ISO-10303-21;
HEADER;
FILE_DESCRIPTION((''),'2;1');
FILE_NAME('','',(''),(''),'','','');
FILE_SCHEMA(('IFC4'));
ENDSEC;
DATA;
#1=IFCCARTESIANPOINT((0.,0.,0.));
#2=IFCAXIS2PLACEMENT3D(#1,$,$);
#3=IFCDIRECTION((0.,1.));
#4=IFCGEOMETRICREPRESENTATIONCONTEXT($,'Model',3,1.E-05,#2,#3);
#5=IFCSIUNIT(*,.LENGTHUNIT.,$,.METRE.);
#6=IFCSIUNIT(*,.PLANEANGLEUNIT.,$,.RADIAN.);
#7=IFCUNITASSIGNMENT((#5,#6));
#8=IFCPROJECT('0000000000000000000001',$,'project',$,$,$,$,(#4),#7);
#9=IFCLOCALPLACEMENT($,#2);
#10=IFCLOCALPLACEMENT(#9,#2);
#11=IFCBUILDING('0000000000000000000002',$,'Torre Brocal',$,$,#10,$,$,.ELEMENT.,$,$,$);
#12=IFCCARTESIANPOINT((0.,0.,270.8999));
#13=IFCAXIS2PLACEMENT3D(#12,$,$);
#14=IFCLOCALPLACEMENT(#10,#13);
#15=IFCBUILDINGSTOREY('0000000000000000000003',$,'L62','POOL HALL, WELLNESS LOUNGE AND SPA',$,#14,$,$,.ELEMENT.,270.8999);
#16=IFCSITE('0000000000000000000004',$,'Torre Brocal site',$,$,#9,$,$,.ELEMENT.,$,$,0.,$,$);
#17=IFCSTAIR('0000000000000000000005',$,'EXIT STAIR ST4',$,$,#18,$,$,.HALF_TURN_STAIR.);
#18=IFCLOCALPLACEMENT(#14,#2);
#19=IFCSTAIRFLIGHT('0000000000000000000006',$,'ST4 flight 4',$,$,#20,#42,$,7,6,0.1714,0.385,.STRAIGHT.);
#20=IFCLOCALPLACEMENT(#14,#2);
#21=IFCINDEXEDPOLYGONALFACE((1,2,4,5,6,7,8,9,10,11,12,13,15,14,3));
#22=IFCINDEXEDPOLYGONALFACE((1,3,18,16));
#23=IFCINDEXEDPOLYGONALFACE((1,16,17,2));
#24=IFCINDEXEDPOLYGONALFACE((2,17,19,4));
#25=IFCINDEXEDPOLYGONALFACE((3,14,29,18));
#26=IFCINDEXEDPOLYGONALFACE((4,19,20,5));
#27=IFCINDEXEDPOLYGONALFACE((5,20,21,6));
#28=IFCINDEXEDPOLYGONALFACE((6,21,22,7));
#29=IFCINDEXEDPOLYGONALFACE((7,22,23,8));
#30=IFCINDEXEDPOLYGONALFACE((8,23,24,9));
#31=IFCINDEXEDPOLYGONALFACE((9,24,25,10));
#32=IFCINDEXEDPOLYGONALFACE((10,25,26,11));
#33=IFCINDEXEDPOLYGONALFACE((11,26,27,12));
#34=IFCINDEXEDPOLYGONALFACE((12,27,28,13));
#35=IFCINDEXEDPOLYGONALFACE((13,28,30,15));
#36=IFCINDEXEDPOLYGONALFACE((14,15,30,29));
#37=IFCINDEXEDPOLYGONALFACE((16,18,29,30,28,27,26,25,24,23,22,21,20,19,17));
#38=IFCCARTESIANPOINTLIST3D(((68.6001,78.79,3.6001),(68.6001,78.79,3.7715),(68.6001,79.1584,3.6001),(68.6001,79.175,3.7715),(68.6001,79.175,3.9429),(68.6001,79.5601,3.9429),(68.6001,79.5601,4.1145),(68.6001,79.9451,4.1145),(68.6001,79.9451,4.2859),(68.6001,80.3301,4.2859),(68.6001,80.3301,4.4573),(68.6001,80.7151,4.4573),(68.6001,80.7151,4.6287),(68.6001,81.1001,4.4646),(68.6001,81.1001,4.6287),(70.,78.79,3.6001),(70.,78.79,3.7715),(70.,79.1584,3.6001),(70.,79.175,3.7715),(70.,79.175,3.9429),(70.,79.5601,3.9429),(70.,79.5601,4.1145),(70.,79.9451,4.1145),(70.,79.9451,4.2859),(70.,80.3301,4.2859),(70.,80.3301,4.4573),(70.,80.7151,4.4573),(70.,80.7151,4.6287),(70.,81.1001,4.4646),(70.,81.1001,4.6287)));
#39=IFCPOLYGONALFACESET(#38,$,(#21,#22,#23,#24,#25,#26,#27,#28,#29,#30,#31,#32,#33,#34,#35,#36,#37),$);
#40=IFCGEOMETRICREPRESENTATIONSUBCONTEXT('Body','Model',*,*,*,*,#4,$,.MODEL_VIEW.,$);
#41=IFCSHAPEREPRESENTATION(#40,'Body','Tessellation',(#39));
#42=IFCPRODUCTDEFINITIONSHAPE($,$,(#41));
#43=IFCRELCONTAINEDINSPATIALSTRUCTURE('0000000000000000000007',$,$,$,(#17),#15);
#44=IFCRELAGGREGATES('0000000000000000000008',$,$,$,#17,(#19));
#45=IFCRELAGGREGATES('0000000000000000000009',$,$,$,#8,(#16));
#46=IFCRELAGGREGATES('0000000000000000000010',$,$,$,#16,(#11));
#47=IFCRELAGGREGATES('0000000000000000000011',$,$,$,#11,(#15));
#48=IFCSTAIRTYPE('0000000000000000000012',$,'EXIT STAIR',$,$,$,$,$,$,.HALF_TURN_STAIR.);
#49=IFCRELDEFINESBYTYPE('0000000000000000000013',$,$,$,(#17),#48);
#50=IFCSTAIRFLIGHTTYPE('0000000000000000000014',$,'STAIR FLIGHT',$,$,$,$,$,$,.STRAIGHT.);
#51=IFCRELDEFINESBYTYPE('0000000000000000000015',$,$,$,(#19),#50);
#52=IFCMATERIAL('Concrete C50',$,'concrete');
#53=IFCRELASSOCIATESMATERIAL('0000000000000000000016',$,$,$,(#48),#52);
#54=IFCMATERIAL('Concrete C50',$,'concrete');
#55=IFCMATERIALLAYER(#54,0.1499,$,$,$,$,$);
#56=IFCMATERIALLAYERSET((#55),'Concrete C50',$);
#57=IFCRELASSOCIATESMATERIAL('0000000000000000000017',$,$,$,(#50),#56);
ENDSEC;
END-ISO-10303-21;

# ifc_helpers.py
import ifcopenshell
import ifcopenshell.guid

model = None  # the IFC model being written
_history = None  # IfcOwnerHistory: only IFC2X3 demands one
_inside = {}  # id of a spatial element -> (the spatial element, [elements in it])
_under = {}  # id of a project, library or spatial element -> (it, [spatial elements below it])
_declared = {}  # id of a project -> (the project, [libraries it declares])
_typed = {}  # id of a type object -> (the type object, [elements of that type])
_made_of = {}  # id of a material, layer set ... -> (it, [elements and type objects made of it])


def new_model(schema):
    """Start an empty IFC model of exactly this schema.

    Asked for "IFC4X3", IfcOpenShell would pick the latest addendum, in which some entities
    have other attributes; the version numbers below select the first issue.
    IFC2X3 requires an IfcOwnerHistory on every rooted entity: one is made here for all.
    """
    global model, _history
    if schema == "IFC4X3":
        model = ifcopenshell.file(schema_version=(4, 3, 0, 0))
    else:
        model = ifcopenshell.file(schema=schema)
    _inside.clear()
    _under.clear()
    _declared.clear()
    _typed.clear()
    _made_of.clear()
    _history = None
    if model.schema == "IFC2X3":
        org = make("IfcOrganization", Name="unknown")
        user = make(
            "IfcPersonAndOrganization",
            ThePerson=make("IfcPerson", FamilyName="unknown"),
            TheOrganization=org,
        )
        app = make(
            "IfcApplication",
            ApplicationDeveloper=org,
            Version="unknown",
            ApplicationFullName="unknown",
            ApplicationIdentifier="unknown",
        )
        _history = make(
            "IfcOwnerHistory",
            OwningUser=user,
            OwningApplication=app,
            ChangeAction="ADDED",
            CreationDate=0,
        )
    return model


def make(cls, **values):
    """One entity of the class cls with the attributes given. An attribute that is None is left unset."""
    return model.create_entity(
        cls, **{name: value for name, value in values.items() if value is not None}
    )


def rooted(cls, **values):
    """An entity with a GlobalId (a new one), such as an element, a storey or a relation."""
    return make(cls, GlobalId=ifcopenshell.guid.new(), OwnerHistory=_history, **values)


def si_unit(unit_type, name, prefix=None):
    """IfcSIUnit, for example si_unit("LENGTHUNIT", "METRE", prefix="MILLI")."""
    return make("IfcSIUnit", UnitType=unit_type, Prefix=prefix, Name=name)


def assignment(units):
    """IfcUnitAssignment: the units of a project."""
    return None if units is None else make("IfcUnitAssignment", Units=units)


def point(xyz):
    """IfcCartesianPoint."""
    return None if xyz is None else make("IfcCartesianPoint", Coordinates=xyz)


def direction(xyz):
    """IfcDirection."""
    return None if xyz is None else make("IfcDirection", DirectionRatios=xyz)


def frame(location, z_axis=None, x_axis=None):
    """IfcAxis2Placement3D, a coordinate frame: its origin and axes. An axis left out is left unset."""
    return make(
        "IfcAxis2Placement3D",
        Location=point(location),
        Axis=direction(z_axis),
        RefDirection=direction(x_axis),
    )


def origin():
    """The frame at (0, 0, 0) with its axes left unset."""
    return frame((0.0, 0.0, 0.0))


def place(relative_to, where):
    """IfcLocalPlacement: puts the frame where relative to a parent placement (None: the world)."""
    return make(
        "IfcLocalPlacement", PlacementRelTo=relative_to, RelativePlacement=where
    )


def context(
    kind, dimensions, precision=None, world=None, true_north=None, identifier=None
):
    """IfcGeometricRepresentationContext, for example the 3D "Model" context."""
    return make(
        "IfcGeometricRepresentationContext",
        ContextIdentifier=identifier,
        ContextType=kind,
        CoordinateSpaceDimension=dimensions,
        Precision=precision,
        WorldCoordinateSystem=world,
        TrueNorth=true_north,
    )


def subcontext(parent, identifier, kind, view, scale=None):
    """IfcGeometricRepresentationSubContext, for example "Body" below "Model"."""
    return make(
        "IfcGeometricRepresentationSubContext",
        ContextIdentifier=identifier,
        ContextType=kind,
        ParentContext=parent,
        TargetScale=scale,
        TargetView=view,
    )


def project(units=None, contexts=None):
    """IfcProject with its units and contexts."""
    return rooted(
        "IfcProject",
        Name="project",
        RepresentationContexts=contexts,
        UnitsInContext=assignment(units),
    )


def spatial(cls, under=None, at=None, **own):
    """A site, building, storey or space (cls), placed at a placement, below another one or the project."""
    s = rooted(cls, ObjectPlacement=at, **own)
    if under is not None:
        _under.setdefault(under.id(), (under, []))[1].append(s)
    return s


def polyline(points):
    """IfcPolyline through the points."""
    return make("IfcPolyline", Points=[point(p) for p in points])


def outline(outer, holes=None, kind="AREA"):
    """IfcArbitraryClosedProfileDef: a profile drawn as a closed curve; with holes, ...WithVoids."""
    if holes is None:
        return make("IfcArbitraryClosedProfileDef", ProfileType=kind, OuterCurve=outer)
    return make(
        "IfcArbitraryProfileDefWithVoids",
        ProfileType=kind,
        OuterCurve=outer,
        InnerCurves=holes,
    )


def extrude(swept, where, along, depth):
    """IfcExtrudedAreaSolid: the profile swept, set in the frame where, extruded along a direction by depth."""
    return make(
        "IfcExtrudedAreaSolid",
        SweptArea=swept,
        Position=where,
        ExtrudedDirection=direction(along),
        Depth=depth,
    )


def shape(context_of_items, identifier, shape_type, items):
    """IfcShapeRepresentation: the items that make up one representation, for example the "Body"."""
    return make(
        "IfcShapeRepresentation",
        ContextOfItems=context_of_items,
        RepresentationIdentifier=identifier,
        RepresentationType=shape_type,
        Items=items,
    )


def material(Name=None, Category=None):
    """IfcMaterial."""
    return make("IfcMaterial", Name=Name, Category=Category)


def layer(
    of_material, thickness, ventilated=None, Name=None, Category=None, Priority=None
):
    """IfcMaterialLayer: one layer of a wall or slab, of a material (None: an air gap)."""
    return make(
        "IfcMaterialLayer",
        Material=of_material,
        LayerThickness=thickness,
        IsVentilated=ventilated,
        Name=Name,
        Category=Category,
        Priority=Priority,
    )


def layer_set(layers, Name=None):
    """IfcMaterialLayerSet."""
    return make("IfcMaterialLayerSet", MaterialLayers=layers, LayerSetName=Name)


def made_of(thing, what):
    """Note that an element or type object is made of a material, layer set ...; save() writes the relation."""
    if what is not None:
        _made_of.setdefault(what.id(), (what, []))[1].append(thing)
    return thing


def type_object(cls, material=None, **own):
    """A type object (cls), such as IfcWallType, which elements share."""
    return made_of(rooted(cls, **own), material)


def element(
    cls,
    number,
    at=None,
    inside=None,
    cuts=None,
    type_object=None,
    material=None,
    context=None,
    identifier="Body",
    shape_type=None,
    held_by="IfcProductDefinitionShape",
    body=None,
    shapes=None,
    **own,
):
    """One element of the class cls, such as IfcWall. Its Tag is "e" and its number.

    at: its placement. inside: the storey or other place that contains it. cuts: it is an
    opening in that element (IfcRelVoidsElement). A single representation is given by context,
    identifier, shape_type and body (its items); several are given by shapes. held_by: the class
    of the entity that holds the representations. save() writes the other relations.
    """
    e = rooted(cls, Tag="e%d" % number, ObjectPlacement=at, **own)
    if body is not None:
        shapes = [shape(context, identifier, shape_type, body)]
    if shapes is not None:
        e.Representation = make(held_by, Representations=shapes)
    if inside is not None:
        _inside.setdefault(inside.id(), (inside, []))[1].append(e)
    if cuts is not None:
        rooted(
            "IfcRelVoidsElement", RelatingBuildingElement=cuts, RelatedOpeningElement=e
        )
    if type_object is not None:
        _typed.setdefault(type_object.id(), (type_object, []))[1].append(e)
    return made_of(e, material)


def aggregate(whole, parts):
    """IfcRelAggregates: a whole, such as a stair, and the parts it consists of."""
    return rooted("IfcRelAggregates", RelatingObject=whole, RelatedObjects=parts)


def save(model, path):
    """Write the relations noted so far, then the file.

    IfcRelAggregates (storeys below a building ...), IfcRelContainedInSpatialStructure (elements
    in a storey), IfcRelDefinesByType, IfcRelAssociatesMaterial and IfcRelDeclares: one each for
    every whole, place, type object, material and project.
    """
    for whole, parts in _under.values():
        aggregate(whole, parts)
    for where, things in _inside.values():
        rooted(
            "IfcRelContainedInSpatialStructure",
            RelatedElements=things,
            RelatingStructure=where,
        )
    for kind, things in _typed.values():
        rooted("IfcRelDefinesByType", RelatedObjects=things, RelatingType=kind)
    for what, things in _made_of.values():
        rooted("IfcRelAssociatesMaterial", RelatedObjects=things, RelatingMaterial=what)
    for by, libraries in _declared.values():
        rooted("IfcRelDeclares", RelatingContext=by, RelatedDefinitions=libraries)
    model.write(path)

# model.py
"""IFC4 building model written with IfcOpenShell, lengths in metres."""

from ifc_helpers import new_model, si_unit, direction, frame, origin, place, context, subcontext, project, spatial, polyline, outline, extrude, material, layer, layer_set, type_object, element, aggregate, save


model = new_model("IFC4")

# Units and contexts
model_context = context("Model", 3, precision=1e-05, world=origin(), true_north=direction((0.0, 1.0)))
body_context = subcontext(model_context, "Body", "Model", "MODEL_VIEW")
ifc_project = project(units=[si_unit("LENGTHUNIT", "METRE"), si_unit("PLANEANGLEUNIT", "RADIAN")], contexts=[model_context])

# Site, building, storey
site_placement = place(None, origin())
site = spatial("IfcSite", under=ifc_project, at=site_placement, Name="Torre Brocal site", CompositionType="ELEMENT", RefElevation=0.0)
building_placement = place(site_placement, origin())
building = spatial("IfcBuilding", under=site, at=building_placement, Name="Torre Brocal", CompositionType="ELEMENT")
storey_placement = place(building_placement, frame((0.0, 0.0, 270.8999)))
storey = spatial("IfcBuildingStorey", under=building, at=storey_placement, Name="L62", Description="POOL HALL, WELLNESS LOUNGE AND SPA", CompositionType="ELEMENT", Elevation=270.8999)

# Stair, stair flight
ifc_material_1 = material(Name="Concrete C50", Category="concrete")
stair_type = type_object("IfcStairType", Name="EXIT STAIR", PredefinedType="HALF_TURN_STAIR", material=ifc_material_1)
stair_placement = place(storey_placement, origin())
stair = element("IfcStair", 1, at=stair_placement, inside=storey, type_object=stair_type, Name="EXIT STAIR ST4", PredefinedType="HALF_TURN_STAIR")
ifc_material_2 = material(Name="Concrete C50", Category="concrete")
ifc_layer_1 = layer(ifc_material_2, 0.1499)
ifc_layer_set_1 = layer_set([ifc_layer_1], Name="Concrete C50")
stair_flight_type = type_object("IfcStairFlightType", Name="STAIR FLIGHT", PredefinedType="STRAIGHT", material=ifc_layer_set_1)
stair_flight_1_placement = place(storey_placement, frame((69.3, 78.79, 3.6001), z_axis=(0.0, 0.0, 1.0), x_axis=(0.0, 1.0, 0.0)))
stair_flight_1 = element("IfcStairFlight", 2, at=stair_flight_1_placement, type_object=stair_flight_type, Name="ST4 flight 4", NumberOfRisers=7, NumberOfTreads=6, PredefinedType="STRAIGHT", RiserHeight=0.1714, TreadLength=0.385, context=body_context, shape_type="SweptSolid", body=[
    extrude(outline(polyline([(0.0, 0.0), (0.0, 0.1714), (0.385, 0.1714), (0.385, 0.3428), (0.77, 0.3428), (0.77, 0.5144), (1.155, 0.5144), (1.155, 0.6858), (1.54, 0.6858), (1.54, 0.8572), (1.925, 0.8572), (1.925, 1.0286), (2.3101, 1.0286), (2.3101, 1.2), (2.3101, 0.8645), (0.3684, 0.0), (0.0, 0.0)])), frame((0.0, 0.7, 0.0), z_axis=(0.0, -1.0, 0.0), x_axis=(1.0, 0.0, 0.0)), (0.0, 0.0, 1.0), 1.3999),
])
aggregate(stair, [stair_flight_1])

save(model, "model.ifc")
